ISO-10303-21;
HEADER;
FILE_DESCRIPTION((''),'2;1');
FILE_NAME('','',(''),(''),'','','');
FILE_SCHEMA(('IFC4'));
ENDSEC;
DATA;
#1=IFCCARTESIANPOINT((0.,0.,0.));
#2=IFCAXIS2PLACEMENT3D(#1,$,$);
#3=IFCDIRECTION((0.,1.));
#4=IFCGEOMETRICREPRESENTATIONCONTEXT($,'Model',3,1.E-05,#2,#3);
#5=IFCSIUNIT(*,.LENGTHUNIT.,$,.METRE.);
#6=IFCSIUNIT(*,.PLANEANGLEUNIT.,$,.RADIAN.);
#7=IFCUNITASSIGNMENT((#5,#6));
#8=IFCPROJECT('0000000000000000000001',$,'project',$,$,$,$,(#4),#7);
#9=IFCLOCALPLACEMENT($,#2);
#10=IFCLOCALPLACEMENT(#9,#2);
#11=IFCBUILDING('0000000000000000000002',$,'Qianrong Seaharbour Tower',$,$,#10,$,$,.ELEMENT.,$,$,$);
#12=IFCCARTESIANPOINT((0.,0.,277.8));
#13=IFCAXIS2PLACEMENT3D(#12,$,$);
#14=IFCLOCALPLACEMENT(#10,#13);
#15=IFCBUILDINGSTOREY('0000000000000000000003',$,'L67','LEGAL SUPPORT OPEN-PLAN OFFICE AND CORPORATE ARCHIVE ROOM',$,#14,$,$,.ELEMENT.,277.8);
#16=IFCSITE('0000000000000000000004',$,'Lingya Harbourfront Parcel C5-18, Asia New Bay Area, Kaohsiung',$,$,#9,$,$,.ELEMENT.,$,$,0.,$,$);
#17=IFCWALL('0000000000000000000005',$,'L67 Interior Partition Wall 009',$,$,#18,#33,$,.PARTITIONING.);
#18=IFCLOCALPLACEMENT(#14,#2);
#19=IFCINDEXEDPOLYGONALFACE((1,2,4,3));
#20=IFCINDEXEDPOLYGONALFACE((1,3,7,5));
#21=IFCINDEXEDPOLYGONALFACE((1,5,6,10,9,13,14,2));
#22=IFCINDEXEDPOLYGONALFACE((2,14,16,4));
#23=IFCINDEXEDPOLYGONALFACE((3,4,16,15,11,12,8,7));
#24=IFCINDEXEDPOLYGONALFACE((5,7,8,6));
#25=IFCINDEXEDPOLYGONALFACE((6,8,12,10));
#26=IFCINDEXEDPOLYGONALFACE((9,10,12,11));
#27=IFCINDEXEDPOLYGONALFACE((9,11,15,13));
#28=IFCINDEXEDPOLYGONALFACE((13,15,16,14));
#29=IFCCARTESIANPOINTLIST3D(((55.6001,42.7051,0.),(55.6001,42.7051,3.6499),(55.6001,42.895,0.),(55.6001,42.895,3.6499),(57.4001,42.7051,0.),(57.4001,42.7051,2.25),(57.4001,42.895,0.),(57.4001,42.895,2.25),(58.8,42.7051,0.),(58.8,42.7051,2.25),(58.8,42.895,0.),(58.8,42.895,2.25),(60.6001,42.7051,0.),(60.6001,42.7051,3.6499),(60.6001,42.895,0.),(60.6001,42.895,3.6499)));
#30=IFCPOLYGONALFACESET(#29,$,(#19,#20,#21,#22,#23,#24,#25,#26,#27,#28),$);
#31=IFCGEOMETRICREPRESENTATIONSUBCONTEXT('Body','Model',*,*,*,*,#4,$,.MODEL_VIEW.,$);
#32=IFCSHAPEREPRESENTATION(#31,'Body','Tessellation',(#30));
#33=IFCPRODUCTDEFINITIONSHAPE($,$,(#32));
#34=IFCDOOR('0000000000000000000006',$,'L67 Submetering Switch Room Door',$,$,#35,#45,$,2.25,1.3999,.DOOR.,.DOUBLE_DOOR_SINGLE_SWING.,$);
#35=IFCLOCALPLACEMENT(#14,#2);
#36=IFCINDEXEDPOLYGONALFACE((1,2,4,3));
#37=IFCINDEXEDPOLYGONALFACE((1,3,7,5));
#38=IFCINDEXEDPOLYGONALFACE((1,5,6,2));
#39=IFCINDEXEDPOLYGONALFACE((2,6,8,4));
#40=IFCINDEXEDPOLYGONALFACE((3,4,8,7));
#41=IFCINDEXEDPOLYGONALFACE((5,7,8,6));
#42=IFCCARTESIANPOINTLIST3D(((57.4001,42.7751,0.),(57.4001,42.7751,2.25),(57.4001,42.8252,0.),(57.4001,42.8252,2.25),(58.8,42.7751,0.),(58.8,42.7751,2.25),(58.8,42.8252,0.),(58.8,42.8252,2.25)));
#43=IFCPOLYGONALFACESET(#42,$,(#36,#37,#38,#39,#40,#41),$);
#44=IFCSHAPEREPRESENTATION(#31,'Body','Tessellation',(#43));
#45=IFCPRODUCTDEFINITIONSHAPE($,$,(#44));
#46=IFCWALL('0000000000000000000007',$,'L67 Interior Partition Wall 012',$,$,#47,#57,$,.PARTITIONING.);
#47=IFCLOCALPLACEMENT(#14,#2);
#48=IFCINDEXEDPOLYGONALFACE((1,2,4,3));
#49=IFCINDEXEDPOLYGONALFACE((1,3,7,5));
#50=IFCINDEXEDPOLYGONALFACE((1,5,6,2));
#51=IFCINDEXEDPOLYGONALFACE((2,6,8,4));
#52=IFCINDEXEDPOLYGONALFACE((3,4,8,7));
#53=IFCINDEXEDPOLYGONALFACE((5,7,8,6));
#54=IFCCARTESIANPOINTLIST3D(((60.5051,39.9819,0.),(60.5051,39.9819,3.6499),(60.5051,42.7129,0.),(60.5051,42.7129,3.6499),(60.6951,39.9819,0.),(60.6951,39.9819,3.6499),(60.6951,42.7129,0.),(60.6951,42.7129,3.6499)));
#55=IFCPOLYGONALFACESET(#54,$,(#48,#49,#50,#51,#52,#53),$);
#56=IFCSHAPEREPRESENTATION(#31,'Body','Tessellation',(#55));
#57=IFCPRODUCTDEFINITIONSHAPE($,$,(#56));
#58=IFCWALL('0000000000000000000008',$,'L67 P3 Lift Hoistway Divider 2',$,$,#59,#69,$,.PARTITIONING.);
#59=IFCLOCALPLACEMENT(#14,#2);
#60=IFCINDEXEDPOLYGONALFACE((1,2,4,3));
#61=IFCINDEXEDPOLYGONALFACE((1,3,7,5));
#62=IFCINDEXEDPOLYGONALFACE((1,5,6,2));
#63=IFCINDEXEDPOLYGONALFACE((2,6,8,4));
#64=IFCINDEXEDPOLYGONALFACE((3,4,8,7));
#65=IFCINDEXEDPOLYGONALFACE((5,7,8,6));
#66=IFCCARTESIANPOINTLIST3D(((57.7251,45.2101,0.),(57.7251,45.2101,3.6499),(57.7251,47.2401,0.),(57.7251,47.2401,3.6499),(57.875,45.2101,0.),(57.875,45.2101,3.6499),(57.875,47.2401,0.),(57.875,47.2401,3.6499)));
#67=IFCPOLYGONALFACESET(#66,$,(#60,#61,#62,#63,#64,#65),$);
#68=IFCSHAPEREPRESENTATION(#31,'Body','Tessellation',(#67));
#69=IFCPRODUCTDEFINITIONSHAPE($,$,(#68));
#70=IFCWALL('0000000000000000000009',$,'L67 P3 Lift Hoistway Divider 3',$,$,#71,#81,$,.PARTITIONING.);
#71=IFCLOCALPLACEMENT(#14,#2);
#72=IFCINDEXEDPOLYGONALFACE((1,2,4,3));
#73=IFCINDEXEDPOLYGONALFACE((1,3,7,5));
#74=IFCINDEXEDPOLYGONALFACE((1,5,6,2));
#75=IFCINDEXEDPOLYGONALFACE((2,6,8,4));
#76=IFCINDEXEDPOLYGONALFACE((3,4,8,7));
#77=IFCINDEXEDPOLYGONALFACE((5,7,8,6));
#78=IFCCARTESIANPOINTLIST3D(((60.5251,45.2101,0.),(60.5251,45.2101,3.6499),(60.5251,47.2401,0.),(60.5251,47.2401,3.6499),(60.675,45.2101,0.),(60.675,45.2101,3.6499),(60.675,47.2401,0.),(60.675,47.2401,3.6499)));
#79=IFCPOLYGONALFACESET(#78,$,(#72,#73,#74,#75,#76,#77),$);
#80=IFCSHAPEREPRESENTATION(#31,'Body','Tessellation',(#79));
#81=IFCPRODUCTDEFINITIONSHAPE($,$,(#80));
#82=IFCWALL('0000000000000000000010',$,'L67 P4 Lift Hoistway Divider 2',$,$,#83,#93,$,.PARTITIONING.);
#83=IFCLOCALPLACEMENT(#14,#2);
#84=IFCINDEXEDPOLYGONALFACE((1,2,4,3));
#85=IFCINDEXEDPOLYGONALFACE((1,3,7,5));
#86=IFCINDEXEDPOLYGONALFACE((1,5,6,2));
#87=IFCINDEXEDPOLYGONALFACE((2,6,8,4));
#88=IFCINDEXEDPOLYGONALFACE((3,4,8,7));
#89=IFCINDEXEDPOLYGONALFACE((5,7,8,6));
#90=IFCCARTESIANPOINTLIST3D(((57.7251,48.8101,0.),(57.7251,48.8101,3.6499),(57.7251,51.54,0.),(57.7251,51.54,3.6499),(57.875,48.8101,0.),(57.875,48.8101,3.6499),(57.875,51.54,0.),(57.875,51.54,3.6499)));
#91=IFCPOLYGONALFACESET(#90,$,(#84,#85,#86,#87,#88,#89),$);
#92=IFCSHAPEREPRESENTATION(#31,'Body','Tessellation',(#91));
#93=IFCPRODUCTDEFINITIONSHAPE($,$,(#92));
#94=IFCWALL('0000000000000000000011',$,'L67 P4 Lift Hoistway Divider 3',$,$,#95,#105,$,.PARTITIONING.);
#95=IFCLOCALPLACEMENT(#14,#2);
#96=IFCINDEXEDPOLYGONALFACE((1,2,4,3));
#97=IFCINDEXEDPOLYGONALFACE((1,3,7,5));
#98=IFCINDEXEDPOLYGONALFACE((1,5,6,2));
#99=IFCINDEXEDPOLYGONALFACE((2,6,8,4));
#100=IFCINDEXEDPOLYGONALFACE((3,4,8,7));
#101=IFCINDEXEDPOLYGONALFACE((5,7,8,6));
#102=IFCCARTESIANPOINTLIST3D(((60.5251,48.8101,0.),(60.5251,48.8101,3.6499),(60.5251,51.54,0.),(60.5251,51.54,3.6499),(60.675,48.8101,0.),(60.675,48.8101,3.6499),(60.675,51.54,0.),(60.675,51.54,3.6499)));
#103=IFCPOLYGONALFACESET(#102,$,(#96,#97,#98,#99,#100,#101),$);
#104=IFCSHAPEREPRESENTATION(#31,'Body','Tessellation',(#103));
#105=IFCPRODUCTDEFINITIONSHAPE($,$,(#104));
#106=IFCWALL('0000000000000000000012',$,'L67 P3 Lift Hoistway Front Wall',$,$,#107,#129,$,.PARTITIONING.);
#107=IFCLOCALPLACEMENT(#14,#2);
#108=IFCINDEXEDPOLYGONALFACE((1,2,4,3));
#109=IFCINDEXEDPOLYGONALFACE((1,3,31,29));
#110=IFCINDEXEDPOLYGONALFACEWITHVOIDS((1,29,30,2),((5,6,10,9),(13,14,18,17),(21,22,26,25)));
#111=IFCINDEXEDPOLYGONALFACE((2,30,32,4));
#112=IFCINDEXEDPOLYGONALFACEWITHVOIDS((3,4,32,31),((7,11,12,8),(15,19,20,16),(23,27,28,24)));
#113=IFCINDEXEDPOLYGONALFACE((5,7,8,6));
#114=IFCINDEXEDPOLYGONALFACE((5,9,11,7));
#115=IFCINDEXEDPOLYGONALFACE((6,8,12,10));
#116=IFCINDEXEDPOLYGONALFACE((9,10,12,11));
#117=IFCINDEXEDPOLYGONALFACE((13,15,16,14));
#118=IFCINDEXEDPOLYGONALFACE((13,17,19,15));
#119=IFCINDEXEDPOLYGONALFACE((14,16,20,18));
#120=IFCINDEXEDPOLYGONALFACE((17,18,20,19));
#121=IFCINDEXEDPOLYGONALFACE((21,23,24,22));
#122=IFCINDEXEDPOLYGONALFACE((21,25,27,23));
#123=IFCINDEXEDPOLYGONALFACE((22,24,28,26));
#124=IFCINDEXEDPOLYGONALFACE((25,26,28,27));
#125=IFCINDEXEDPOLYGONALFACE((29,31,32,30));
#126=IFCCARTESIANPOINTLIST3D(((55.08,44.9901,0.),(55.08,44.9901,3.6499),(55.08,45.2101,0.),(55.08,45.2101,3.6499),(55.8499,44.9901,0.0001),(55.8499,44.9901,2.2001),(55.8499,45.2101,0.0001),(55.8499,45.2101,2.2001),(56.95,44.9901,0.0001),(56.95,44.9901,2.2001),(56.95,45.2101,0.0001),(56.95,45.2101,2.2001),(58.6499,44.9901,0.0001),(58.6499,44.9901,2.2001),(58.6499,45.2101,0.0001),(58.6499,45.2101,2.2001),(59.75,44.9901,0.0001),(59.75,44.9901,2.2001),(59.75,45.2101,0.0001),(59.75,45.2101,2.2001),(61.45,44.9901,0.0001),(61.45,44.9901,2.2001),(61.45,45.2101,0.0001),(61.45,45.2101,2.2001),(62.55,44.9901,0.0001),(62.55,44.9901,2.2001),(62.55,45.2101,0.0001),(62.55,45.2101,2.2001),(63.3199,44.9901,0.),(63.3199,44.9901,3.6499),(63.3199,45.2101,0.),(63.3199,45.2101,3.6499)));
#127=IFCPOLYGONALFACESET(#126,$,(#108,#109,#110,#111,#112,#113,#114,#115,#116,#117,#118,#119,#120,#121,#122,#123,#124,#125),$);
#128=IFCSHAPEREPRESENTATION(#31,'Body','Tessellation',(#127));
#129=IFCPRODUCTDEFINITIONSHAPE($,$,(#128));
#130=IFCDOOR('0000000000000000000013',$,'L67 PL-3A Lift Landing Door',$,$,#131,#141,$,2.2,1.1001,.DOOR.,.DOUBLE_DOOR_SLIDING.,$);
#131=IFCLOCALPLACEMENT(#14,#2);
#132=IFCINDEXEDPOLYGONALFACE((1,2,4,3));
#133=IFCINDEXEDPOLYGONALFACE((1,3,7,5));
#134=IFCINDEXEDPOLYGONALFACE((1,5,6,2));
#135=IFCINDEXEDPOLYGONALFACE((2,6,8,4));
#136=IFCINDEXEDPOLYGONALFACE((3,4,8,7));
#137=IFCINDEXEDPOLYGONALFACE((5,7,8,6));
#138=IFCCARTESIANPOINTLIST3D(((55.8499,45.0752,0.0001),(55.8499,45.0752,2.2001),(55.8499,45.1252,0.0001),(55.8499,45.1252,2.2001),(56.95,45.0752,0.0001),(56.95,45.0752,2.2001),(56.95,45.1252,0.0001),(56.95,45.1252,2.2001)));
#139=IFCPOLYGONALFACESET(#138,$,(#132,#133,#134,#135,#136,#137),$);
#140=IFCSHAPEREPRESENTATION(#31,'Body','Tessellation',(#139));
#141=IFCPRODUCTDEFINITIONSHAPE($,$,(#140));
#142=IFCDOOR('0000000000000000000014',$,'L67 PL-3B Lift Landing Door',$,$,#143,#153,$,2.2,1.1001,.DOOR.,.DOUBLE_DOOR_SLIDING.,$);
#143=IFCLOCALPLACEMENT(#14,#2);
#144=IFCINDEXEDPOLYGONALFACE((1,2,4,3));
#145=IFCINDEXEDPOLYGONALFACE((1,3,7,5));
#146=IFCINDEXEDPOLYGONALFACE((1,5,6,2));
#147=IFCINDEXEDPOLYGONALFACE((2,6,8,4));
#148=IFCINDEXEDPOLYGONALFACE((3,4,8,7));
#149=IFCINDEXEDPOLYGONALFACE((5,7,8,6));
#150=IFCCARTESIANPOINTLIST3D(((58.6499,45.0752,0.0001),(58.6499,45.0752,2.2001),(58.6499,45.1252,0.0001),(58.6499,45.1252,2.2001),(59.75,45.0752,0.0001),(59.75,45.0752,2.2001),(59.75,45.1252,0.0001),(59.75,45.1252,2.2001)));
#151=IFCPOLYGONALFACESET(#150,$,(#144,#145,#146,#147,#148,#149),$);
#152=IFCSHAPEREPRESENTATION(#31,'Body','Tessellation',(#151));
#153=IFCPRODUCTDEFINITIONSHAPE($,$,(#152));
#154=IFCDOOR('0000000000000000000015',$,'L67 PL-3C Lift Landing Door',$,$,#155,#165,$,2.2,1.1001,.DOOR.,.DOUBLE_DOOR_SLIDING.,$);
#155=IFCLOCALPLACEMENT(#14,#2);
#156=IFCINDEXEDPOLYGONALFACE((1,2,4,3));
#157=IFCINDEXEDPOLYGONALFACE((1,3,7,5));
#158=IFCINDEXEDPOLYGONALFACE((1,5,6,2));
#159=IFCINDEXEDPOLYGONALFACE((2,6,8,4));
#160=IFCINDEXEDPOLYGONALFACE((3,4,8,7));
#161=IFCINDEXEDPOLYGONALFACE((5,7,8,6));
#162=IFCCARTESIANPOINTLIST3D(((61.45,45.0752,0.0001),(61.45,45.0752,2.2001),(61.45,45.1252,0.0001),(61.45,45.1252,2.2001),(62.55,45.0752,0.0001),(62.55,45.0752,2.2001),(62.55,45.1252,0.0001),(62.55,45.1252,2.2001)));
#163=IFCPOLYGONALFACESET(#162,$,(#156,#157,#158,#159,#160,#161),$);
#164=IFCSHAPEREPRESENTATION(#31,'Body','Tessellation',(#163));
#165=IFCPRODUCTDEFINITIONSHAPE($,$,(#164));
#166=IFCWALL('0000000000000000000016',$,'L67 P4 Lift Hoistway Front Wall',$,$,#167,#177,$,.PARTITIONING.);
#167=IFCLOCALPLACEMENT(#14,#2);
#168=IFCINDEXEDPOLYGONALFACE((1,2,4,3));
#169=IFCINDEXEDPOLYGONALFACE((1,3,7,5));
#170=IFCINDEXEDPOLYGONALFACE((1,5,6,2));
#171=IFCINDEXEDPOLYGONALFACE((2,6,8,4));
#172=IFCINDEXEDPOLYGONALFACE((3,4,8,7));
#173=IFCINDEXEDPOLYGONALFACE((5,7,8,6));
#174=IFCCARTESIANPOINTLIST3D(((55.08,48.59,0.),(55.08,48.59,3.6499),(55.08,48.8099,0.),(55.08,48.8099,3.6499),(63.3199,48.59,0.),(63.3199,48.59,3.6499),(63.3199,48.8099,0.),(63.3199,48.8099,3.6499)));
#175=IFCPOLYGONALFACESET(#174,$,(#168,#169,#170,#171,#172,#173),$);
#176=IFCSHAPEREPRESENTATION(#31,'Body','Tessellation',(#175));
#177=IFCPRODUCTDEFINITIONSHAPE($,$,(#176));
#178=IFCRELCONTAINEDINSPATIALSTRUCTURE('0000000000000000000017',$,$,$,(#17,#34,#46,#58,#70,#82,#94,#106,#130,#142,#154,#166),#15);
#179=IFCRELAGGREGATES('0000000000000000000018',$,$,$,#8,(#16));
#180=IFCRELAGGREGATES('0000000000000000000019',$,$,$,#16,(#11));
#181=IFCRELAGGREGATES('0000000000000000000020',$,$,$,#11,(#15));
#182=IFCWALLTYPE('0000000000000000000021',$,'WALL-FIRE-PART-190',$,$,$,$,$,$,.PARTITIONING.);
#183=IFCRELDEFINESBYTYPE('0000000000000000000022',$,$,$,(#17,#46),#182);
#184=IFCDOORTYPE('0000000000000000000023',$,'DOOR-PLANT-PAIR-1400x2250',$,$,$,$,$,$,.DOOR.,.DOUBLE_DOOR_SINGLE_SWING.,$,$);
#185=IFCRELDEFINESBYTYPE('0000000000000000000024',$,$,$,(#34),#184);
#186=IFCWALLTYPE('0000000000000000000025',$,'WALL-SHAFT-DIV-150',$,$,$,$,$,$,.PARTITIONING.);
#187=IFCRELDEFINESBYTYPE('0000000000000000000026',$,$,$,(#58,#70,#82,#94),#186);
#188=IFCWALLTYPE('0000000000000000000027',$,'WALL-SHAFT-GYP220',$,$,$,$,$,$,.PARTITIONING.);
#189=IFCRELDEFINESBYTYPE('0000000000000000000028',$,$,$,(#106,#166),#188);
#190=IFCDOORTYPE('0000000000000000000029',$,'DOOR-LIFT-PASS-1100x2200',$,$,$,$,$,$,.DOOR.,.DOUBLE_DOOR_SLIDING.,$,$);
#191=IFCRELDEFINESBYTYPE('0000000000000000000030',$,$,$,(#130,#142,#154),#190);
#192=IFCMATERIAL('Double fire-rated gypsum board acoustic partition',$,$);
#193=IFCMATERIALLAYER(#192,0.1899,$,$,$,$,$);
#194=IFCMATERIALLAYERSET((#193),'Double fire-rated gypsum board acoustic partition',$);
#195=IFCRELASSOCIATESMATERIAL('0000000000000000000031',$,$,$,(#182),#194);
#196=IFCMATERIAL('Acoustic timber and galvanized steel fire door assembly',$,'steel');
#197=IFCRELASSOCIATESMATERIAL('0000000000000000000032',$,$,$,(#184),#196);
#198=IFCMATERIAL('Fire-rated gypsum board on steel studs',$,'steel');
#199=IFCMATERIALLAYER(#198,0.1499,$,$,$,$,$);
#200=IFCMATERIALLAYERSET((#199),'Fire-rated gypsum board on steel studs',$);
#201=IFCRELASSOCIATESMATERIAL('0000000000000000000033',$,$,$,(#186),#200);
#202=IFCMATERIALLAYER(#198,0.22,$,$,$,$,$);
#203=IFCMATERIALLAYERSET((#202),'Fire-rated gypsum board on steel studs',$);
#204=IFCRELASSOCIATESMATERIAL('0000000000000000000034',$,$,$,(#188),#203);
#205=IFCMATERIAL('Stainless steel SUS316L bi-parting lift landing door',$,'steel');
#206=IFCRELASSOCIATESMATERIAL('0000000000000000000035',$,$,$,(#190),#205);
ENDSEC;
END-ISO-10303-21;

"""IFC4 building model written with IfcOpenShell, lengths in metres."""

from ifc_helpers import new_model, si_unit, direction, frame, frame_2d, origin, place, context, subcontext, project, spatial, rectangle, extrude, material, layer, layer_set, type_object, element, fill, save


model = new_model("IFC4")

# Units and contexts
model_context = context("Model", 3, precision=1e-05, world=origin(), true_north=direction((0.0, 1.0)))
body_context = subcontext(model_context, "Body", "Model", "MODEL_VIEW")
ifc_project = project(units=[si_unit("LENGTHUNIT", "METRE"), si_unit("PLANEANGLEUNIT", "RADIAN")], contexts=[model_context])

# Site, building, storey
site_placement = place(None, origin())
site = spatial("IfcSite", under=ifc_project, at=site_placement, Name="Lingya Harbourfront Parcel C5-18, Asia New Bay Area, Kaohsiung", CompositionType="ELEMENT", RefElevation=0.0)
building_placement = place(site_placement, origin())
building = spatial("IfcBuilding", under=site, at=building_placement, Name="Qianrong Seaharbour Tower", CompositionType="ELEMENT")
storey_placement = place(building_placement, frame((0.0, 0.0, 277.8)))
storey = spatial("IfcBuildingStorey", under=building, at=storey_placement, Name="L67", Description="LEGAL SUPPORT OPEN-PLAN OFFICE AND CORPORATE ARCHIVE ROOM", CompositionType="ELEMENT", Elevation=277.8)

# Shared definitions
ifc_material_1 = material(Name="Acoustic timber and galvanized steel fire door assembly", Category="steel")

# Shared definitions
ifc_material_2 = material(Name="Double fire-rated gypsum board acoustic partition")
ifc_layer_1 = layer(ifc_material_2, 0.1899)
ifc_layer_set_1 = layer_set([ifc_layer_1], Name="Double fire-rated gypsum board acoustic partition")
wall_type_1 = type_object("IfcWallType", Name="WALL-FIRE-PART-190", PredefinedType="PARTITIONING", material=ifc_layer_set_1)

# Wall, opening, door
wall_1_placement = place(storey_placement, frame((60.6001, 42.8, 0.0), z_axis=(0.0, 0.0, 1.0), x_axis=(-1.0, 0.0, 0.0)))
wall_1 = element("IfcWall", 1, at=wall_1_placement, inside=storey, type_object=wall_type_1, Name="L67 Interior Partition Wall 009", PredefinedType="PARTITIONING", context=body_context, shape_type="SweptSolid", body=[
    extrude(rectangle(XDim=5.0, YDim=0.1899, at=frame_2d((2.5, 0.0))), origin(), (0.0, 0.0, 1.0), 3.6499),
])
opening_1_placement = place(wall_1_placement, frame((1.8, 0.0, 0.0)))
opening_1 = element("IfcOpeningElement", 2, at=opening_1_placement, cuts=wall_1, PredefinedType="OPENING", context=body_context, shape_type="SweptSolid", body=[
    extrude(rectangle(XDim=1.3999, YDim=2.25, at=frame_2d((0.7, 1.125))), frame((0.0, 0.105, 0.0), z_axis=(0.0, -1.0, 0.0), x_axis=(1.0, 0.0, 0.0)), (0.0, 0.0, 1.0), 0.21),
])
door_type_1 = type_object("IfcDoorType", Name="DOOR-PLANT-PAIR-1400x2250", OperationType="DOUBLE_DOOR_SINGLE_SWING", PredefinedType="DOOR", material=ifc_material_1)
door_1_placement = place(opening_1_placement, origin())
door_1 = element("IfcDoor", 3, at=door_1_placement, inside=storey, type_object=door_type_1, Name="L67 Submetering Switch Room Door", OperationType="DOUBLE_DOOR_SINGLE_SWING", OverallHeight=2.25, OverallWidth=1.3999, PredefinedType="DOOR", context=body_context, shape_type="SweptSolid", body=[
    extrude(rectangle(XDim=1.3999, YDim=2.25, at=frame_2d((0.7, 1.125))), frame((0.0, 0.0249, 0.0), z_axis=(0.0, -1.0, 0.0), x_axis=(1.0, 0.0, 0.0)), (0.0, 0.0, 1.0), 0.05),
])
fill(opening_1, door_1)

# Walls
wall_2_placement = place(storey_placement, frame((60.6001, 42.7129, 0.0), z_axis=(0.0, 0.0, 1.0), x_axis=(0.0, -1.0, 0.0)))
element("IfcWall", 4, at=wall_2_placement, inside=storey, type_object=wall_type_1, Name="L67 Interior Partition Wall 012", PredefinedType="PARTITIONING", context=body_context, shape_type="SweptSolid", body=[
    extrude(rectangle(XDim=2.731, YDim=0.1899, at=frame_2d((1.3655, 0.0))), origin(), (0.0, 0.0, 1.0), 3.6499),
])
ifc_material_3 = material(Name="Fire-rated gypsum board on steel studs", Category="steel")
ifc_layer_2 = layer(ifc_material_3, 0.1499)
ifc_layer_set_2 = layer_set([ifc_layer_2], Name="Fire-rated gypsum board on steel studs")
wall_type_2 = type_object("IfcWallType", Name="WALL-SHAFT-DIV-150", PredefinedType="PARTITIONING", material=ifc_layer_set_2)
for number, where, z_axis, x_axis, name in (
    (5, (57.8, 45.21, 0.0), (0.0, 0.0, 1.0), (0.0, 1.0, 0.0), "L67 P3 Lift Hoistway Divider 2"),
    (6, (60.6001, 45.21, 0.0), (0.0, 0.0, 1.0), (0.0, 1.0, 0.0), "L67 P3 Lift Hoistway Divider 3"),
):
    element("IfcWall", number, at=place(storey_placement, frame(where, z_axis=z_axis, x_axis=x_axis)), inside=storey, type_object=wall_type_2, Name=name, PredefinedType="PARTITIONING", context=body_context, shape_type="SweptSolid", body=[
        extrude(rectangle(XDim=2.03, YDim=0.1499, at=frame_2d((1.0151, 0.0))), origin(), (0.0, 0.0, 1.0), 3.6499),
    ])
for number, where, z_axis, x_axis, name in (
    (7, (57.8, 48.8101, 0.0), (0.0, 0.0, 1.0), (0.0, 1.0, 0.0), "L67 P4 Lift Hoistway Divider 2"),
    (8, (60.6001, 48.8101, 0.0), (0.0, 0.0, 1.0), (0.0, 1.0, 0.0), "L67 P4 Lift Hoistway Divider 3"),
):
    element("IfcWall", number, at=place(storey_placement, frame(where, z_axis=z_axis, x_axis=x_axis)), inside=storey, type_object=wall_type_2, Name=name, PredefinedType="PARTITIONING", context=body_context, shape_type="SweptSolid", body=[
        extrude(rectangle(XDim=2.73, YDim=0.1499, at=frame_2d((1.365, 0.0))), origin(), (0.0, 0.0, 1.0), 3.6499),
    ])

# Wall, openings, doors
ifc_layer_3 = layer(ifc_material_3, 0.22)
ifc_layer_set_3 = layer_set([ifc_layer_3], Name="Fire-rated gypsum board on steel studs")
wall_type_3 = type_object("IfcWallType", Name="WALL-SHAFT-GYP220", PredefinedType="PARTITIONING", material=ifc_layer_set_3)
wall_3_placement = place(storey_placement, frame((63.3201, 45.1001, 0.0), z_axis=(0.0, 0.0, 1.0), x_axis=(-1.0, 0.0, 0.0)))
wall_3 = element("IfcWall", 9, at=wall_3_placement, inside=storey, type_object=wall_type_3, Name="L67 P3 Lift Hoistway Front Wall", PredefinedType="PARTITIONING", context=body_context, shape_type="SweptSolid", body=[
    extrude(rectangle(XDim=8.24, YDim=0.22, at=frame_2d((4.1201, 0.0))), origin(), (0.0, 0.0, 1.0), 3.6499),
])
opening_2_placement = place(wall_3_placement, frame((6.3701, 0.0, 0.0)))
opening_2 = element("IfcOpeningElement", 10, at=opening_2_placement, cuts=wall_3, PredefinedType="OPENING", context=body_context, shape_type="SweptSolid", body=[
    extrude(rectangle(XDim=1.1001, YDim=2.2, at=frame_2d((0.55, 1.1001))), frame((0.0, 0.1201, 0.0), z_axis=(0.0, -1.0, 0.0), x_axis=(1.0, 0.0, 0.0)), (0.0, 0.0, 1.0), 0.24),
])
opening_3_placement = place(wall_3_placement, frame((3.5701, 0.0, 0.0)))
opening_3 = element("IfcOpeningElement", 11, at=opening_3_placement, cuts=wall_3, PredefinedType="OPENING", context=body_context, shape_type="SweptSolid", body=[
    extrude(rectangle(XDim=1.1001, YDim=2.2, at=frame_2d((0.55, 1.1001))), frame((0.0, 0.1201, 0.0), z_axis=(0.0, -1.0, 0.0), x_axis=(1.0, 0.0, 0.0)), (0.0, 0.0, 1.0), 0.24),
])
opening_4_placement = place(wall_3_placement, frame((0.77, 0.0, 0.0)))
opening_4 = element("IfcOpeningElement", 12, at=opening_4_placement, cuts=wall_3, PredefinedType="OPENING", context=body_context, shape_type="SweptSolid", body=[
    extrude(rectangle(XDim=1.1001, YDim=2.2, at=frame_2d((0.55, 1.1001))), frame((0.0, 0.1201, 0.0), z_axis=(0.0, -1.0, 0.0), x_axis=(1.0, 0.0, 0.0)), (0.0, 0.0, 1.0), 0.24),
])
ifc_material_4 = material(Name="Stainless steel SUS316L bi-parting lift landing door", Category="steel")
door_type_2 = type_object("IfcDoorType", Name="DOOR-LIFT-PASS-1100x2200", OperationType="DOUBLE_DOOR_SLIDING", PredefinedType="DOOR", material=ifc_material_4)
door_2_placement = place(opening_2_placement, origin())
door_2 = element("IfcDoor", 13, at=door_2_placement, inside=storey, type_object=door_type_2, Name="L67 PL-3A Lift Landing Door", OperationType="DOUBLE_DOOR_SLIDING", OverallHeight=2.2, OverallWidth=1.1001, PredefinedType="DOOR", context=body_context, shape_type="SweptSolid", body=[
    extrude(rectangle(XDim=1.1001, YDim=2.2, at=frame_2d((0.55, 1.1001))), frame((0.0, 0.0249, 0.0), z_axis=(0.0, -1.0, 0.0), x_axis=(1.0, 0.0, 0.0)), (0.0, 0.0, 1.0), 0.05),
])
fill(opening_2, door_2)
door_3_placement = place(opening_3_placement, origin())
door_3 = element("IfcDoor", 14, at=door_3_placement, inside=storey, type_object=door_type_2, Name="L67 PL-3B Lift Landing Door", OperationType="DOUBLE_DOOR_SLIDING", OverallHeight=2.2, OverallWidth=1.1001, PredefinedType="DOOR", context=body_context, shape_type="SweptSolid", body=[
    extrude(rectangle(XDim=1.1001, YDim=2.2, at=frame_2d((0.55, 1.1001))), frame((0.0, 0.0249, 0.0), z_axis=(0.0, -1.0, 0.0), x_axis=(1.0, 0.0, 0.0)), (0.0, 0.0, 1.0), 0.05),
])
fill(opening_3, door_3)
door_4_placement = place(opening_4_placement, origin())
door_4 = element("IfcDoor", 15, at=door_4_placement, inside=storey, type_object=door_type_2, Name="L67 PL-3C Lift Landing Door", OperationType="DOUBLE_DOOR_SLIDING", OverallHeight=2.2, OverallWidth=1.1001, PredefinedType="DOOR", context=body_context, shape_type="SweptSolid", body=[
    extrude(rectangle(XDim=1.1001, YDim=2.2, at=frame_2d((0.55, 1.1001))), frame((0.0, 0.0249, 0.0), z_axis=(0.0, -1.0, 0.0), x_axis=(1.0, 0.0, 0.0)), (0.0, 0.0, 1.0), 0.05),
])
fill(opening_4, door_4)

# Wall
wall_4_placement = place(storey_placement, frame((63.3201, 48.7, 0.0), z_axis=(0.0, 0.0, 1.0), x_axis=(-1.0, 0.0, 0.0)))
element("IfcWall", 16, at=wall_4_placement, inside=storey, type_object=wall_type_3, Name="L67 P4 Lift Hoistway Front Wall", PredefinedType="PARTITIONING", context=body_context, shape_type="SweptSolid", body=[
    extrude(rectangle(XDim=8.24, YDim=0.22, at=frame_2d((4.1201, 0.0))), origin(), (0.0, 0.0, 1.0), 3.6499),
])

save(model, "model.ifc")
